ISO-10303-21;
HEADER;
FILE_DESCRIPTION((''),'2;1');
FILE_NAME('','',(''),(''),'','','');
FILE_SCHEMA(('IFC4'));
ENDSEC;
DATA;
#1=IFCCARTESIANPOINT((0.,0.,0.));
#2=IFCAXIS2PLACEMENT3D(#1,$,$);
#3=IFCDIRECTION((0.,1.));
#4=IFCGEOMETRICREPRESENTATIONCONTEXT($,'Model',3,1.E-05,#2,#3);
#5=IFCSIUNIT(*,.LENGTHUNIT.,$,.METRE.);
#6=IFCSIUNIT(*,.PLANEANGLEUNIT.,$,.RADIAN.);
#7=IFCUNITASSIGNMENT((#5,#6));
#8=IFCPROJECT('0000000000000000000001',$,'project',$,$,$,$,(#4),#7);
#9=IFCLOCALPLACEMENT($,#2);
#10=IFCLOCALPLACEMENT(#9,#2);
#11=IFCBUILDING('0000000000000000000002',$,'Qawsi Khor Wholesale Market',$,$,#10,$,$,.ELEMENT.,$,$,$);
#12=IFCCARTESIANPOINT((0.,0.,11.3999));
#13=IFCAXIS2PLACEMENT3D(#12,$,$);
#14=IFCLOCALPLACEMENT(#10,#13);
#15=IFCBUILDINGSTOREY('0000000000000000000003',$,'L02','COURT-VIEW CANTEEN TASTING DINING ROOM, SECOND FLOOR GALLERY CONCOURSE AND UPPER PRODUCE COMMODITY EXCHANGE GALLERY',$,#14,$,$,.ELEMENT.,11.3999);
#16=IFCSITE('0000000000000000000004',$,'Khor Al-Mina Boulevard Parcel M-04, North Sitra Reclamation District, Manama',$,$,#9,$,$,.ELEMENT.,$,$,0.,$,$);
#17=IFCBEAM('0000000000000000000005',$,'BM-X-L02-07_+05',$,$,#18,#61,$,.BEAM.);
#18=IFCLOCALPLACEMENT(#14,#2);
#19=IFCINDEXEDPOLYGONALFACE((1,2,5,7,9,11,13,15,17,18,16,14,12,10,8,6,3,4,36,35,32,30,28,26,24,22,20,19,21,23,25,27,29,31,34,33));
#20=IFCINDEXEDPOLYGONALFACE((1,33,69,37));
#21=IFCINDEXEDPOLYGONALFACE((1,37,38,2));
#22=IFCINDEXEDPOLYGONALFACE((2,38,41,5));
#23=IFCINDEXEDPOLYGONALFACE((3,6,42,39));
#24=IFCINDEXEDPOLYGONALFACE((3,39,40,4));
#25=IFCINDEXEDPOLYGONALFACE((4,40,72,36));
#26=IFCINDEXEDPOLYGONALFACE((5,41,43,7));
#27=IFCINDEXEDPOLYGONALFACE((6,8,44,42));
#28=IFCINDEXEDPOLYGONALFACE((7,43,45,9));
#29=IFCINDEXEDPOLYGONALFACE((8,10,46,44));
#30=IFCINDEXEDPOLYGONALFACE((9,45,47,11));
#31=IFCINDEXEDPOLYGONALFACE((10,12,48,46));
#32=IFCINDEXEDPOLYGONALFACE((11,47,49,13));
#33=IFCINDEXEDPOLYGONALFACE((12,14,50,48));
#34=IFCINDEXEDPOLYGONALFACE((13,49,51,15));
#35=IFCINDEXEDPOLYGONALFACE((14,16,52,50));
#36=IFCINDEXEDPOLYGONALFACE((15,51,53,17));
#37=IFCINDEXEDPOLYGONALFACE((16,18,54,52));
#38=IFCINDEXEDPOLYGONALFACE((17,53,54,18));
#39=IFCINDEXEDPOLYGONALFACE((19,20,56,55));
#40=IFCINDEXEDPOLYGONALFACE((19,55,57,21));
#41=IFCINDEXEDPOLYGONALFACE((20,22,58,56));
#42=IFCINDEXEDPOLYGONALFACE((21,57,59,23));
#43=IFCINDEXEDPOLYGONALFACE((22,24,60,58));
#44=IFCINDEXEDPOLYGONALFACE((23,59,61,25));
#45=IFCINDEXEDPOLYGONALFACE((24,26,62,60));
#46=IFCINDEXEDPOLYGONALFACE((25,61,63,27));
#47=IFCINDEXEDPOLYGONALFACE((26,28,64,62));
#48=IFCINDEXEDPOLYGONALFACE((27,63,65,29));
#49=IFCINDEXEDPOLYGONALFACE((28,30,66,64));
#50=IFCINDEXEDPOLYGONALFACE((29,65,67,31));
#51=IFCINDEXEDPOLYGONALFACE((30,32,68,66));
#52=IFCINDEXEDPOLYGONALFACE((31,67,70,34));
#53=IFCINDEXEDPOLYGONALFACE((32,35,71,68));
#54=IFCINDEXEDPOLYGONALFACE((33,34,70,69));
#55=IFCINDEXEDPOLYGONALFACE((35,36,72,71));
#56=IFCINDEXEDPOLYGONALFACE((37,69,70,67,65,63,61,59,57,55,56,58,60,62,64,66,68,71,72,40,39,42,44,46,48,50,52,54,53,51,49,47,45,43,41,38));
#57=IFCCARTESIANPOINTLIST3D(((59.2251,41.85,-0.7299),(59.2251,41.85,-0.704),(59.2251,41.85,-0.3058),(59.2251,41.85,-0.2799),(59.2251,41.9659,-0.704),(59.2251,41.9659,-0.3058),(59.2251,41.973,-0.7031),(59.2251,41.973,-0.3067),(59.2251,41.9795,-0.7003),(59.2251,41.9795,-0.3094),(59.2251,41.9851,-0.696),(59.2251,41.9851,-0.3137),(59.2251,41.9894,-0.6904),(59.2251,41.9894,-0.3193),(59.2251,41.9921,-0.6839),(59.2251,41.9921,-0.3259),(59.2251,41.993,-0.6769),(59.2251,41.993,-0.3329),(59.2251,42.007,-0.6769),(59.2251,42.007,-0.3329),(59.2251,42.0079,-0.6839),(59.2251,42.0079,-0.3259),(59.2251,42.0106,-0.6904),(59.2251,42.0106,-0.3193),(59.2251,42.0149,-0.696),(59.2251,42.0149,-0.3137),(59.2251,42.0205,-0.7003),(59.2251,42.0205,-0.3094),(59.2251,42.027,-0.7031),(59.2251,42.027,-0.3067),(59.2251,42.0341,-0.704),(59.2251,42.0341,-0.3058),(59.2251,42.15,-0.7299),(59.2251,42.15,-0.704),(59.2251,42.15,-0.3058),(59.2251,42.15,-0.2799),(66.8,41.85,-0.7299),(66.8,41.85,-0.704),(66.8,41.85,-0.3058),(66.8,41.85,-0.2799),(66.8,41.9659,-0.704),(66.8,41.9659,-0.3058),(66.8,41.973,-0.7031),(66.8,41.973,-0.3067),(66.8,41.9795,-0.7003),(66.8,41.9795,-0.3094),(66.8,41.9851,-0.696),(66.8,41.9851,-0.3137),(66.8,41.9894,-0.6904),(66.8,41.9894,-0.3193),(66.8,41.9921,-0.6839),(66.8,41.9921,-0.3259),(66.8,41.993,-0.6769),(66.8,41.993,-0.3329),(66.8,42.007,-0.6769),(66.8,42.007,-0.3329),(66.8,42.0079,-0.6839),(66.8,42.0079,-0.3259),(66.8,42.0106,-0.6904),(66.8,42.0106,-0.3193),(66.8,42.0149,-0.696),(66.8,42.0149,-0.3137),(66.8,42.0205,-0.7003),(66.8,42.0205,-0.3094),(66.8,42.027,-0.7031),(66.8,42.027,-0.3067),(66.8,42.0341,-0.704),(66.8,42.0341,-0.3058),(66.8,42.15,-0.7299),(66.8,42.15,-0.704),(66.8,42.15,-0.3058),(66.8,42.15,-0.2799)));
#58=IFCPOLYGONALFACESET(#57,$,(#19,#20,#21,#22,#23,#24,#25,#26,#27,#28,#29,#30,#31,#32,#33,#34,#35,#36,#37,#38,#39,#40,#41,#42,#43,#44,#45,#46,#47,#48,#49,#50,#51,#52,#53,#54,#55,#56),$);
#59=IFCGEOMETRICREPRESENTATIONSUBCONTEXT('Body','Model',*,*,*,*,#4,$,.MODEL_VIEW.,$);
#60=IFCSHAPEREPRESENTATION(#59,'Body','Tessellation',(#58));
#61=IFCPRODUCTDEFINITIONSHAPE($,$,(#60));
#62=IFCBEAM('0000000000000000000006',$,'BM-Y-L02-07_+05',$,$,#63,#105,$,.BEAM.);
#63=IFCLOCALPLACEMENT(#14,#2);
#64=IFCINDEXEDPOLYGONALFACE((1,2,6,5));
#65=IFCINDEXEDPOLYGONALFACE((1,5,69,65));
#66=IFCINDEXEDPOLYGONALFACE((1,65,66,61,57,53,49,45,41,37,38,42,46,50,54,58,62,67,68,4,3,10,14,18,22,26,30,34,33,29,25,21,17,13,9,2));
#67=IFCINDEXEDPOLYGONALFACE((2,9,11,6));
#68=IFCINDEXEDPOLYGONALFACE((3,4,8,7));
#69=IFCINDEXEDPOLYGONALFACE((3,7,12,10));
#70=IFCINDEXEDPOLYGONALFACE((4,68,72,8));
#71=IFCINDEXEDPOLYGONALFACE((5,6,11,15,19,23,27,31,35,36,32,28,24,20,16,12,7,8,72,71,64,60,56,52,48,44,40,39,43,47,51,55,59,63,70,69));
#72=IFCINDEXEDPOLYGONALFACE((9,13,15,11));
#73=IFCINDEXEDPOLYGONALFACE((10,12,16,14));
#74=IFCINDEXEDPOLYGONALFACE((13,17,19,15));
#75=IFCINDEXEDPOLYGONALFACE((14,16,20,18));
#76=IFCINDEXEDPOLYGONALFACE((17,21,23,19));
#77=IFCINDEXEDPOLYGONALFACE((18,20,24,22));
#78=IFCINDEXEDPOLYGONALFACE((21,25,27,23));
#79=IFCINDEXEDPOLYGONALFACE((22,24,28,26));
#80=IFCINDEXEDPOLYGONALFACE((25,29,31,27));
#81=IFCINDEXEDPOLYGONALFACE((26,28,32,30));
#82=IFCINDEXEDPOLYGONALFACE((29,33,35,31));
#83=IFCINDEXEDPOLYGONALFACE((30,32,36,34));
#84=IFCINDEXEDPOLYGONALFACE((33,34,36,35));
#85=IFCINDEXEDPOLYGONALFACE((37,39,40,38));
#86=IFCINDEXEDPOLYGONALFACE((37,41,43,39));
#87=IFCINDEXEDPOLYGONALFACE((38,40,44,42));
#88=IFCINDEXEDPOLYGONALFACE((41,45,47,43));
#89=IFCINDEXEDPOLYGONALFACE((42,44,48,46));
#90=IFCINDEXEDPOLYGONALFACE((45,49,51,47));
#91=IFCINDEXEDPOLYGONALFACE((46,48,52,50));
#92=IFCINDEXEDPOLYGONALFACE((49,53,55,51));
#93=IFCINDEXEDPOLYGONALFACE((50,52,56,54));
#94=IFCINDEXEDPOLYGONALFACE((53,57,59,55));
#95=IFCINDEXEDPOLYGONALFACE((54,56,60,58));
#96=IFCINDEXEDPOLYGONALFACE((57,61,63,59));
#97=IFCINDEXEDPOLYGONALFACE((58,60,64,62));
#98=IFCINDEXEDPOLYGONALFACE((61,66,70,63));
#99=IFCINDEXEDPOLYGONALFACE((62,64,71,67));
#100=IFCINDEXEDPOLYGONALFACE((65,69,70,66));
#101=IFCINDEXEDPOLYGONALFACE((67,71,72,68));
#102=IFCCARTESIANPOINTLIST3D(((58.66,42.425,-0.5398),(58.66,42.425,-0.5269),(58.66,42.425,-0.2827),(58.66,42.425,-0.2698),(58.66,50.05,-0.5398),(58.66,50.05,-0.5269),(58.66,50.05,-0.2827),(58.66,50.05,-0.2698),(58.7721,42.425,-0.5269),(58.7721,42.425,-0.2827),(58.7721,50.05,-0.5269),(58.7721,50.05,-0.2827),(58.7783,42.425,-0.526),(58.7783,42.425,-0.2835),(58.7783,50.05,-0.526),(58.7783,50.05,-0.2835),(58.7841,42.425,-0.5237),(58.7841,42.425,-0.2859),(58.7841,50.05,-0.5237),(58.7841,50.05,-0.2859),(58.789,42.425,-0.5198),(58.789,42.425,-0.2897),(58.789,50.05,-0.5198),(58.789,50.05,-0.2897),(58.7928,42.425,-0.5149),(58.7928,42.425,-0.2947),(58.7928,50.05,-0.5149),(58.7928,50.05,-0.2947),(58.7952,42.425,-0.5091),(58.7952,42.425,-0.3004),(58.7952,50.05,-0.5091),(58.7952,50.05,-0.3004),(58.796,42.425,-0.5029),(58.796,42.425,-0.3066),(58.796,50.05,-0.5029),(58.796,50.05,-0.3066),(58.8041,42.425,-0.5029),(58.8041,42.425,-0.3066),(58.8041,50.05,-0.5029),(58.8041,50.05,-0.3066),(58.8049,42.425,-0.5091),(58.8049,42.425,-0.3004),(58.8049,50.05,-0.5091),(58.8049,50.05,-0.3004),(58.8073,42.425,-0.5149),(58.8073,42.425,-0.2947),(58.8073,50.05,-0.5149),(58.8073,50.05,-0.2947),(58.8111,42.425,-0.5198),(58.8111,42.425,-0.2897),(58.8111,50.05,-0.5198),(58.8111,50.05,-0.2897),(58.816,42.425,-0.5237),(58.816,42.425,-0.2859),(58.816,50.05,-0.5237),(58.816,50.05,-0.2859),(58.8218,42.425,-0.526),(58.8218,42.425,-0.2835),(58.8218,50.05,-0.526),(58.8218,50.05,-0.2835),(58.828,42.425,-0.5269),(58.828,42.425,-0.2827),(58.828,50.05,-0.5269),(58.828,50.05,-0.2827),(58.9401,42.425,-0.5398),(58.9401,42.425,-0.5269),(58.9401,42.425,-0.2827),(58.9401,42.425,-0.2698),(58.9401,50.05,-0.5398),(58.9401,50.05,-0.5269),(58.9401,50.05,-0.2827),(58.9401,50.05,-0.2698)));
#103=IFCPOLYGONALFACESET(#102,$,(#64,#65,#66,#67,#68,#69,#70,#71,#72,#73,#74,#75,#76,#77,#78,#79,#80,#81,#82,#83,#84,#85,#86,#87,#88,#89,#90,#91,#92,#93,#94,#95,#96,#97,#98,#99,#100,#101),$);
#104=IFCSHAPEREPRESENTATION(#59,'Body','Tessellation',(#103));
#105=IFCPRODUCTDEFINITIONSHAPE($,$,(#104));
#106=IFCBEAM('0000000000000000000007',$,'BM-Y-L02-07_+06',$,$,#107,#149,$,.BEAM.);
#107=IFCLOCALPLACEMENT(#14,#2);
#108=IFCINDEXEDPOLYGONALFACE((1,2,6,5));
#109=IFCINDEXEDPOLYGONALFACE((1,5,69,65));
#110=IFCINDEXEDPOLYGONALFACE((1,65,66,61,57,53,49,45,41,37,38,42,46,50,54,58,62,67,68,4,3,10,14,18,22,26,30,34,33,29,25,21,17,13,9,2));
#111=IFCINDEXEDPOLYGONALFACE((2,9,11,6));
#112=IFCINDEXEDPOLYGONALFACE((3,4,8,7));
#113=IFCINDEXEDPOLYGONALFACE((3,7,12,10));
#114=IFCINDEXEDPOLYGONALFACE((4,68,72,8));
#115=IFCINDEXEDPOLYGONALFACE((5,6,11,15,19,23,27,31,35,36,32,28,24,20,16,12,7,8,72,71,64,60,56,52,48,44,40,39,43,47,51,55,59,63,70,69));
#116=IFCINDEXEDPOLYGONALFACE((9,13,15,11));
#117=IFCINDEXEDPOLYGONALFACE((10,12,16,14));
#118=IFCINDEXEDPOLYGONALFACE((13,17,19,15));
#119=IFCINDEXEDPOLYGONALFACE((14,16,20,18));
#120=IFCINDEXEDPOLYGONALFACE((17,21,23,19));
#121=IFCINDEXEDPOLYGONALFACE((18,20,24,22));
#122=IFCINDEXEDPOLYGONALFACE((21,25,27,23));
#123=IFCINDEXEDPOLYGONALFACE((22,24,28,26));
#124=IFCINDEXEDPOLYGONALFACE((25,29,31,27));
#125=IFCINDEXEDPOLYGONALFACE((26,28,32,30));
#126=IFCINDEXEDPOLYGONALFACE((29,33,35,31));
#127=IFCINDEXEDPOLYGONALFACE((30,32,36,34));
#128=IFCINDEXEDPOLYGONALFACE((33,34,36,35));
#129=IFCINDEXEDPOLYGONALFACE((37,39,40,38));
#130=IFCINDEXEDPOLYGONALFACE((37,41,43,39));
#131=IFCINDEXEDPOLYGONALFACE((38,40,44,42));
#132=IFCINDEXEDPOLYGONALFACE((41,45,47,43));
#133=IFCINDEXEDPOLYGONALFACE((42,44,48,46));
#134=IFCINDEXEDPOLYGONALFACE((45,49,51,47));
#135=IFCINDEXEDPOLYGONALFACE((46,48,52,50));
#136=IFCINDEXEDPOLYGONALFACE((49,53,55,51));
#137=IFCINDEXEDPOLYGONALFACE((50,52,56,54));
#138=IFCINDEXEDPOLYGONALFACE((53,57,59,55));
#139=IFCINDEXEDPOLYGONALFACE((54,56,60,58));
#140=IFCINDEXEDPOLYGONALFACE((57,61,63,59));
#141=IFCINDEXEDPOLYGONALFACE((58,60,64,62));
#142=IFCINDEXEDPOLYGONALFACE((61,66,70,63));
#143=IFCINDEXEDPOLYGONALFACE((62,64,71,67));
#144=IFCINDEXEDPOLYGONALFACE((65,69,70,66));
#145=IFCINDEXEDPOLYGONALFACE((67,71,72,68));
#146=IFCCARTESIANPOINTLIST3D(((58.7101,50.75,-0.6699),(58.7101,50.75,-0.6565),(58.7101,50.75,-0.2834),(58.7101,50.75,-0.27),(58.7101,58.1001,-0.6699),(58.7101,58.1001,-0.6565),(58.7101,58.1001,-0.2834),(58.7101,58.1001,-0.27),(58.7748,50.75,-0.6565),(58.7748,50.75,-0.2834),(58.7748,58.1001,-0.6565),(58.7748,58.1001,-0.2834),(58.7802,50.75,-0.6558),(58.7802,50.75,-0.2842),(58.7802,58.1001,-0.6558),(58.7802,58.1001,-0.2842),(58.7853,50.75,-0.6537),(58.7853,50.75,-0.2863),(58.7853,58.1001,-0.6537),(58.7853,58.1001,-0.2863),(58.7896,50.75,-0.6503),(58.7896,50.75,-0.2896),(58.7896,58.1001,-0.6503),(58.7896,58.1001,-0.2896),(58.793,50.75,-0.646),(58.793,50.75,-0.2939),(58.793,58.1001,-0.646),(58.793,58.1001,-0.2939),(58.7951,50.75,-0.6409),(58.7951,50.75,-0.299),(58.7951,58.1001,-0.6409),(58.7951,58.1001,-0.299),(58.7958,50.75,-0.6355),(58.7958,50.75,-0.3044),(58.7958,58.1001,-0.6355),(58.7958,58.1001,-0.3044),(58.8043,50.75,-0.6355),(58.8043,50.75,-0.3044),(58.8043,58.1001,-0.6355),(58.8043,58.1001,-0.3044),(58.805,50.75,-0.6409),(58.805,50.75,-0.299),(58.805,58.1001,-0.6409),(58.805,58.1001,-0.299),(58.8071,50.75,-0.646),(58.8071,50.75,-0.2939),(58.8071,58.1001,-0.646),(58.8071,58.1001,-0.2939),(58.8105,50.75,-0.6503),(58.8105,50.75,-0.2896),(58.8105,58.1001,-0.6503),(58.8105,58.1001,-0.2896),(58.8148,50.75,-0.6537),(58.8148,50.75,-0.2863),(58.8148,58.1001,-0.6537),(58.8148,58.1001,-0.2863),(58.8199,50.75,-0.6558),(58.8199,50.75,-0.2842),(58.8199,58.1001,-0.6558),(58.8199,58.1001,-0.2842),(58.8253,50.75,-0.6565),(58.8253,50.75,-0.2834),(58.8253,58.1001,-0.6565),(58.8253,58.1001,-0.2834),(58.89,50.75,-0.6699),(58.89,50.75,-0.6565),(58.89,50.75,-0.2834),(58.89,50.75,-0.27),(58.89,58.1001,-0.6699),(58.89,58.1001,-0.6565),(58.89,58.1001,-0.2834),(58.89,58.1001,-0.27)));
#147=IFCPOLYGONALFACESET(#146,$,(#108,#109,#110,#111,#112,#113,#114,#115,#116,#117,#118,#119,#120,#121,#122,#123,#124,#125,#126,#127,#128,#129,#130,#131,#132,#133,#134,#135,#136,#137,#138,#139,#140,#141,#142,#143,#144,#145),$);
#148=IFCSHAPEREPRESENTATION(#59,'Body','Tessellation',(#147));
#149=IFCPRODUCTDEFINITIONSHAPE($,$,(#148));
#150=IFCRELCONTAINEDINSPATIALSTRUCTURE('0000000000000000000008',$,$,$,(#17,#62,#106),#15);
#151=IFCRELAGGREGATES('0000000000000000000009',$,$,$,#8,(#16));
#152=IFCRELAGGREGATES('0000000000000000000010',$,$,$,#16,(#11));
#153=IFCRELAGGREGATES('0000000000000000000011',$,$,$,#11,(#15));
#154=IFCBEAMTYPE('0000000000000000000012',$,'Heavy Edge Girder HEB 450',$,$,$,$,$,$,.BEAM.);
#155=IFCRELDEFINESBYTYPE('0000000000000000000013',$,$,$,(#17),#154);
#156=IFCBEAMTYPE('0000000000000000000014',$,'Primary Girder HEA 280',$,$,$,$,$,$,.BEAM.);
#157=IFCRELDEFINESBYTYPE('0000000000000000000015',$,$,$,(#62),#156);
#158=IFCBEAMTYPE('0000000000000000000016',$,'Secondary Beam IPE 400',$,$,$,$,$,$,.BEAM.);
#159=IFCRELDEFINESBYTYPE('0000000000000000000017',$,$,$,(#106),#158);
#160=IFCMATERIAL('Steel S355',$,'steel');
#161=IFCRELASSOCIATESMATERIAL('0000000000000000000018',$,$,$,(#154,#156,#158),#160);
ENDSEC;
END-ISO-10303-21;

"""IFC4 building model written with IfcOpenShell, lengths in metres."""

from ifc_helpers import new_model, si_unit, direction, frame, origin, origin_2d, place, context, subcontext, project, spatial, i_section, extrude, material, material_profile, profile_set, type_object, element, save


model = new_model("IFC4")

# Units and contexts
model_context = context("Model", 3, precision=1e-05, world=origin(), true_north=direction((0.0, 1.0)))
body_context = subcontext(model_context, "Body", "Model", "MODEL_VIEW")
ifc_project = project(units=[si_unit("LENGTHUNIT", "METRE"), si_unit("PLANEANGLEUNIT", "RADIAN")], contexts=[model_context])

# Site, building, storey
site_placement = place(None, origin())
site = spatial("IfcSite", under=ifc_project, at=site_placement, Name="Khor Al-Mina Boulevard Parcel M-04, North Sitra Reclamation District, Manama", CompositionType="ELEMENT", RefElevation=0.0)
building_placement = place(site_placement, origin())
building = spatial("IfcBuilding", under=site, at=building_placement, Name="Qawsi Khor Wholesale Market", CompositionType="ELEMENT")
storey_placement = place(building_placement, frame((0.0, 0.0, 11.3999)))
storey = spatial("IfcBuildingStorey", under=building, at=storey_placement, Name="L02", Description="COURT-VIEW CANTEEN TASTING DINING ROOM, SECOND FLOOR GALLERY CONCOURSE AND UPPER PRODUCE COMMODITY EXCHANGE GALLERY", CompositionType="ELEMENT", Elevation=11.3999)

# Beams
ifc_material_1 = material(Name="Steel S355", Category="steel")
ifc_material_profile_1 = material_profile(ifc_material_1, i_section(OverallWidth=0.3, OverallDepth=0.45, WebThickness=0.0139, FlangeThickness=0.0259, FilletRadius=0.0271, at=origin_2d()), Name="HEB 450")
ifc_profile_set_1 = profile_set([ifc_material_profile_1], Name="Steel S355")
beam_type_1 = type_object("IfcBeamType", Name="Heavy Edge Girder HEB 450", PredefinedType="BEAM", material=ifc_profile_set_1)
beam_1_placement = place(storey_placement, frame((59.2251, 42.0, -0.5049), z_axis=(1.0, 0.0, 0.0), x_axis=(0.0, 1.0, 0.0)))
element("IfcBeam", 1, at=beam_1_placement, inside=storey, type_object=beam_type_1, Name="BM-X-L02-07_+05", PredefinedType="BEAM", context=body_context, shape_type="SweptSolid", body=[
    extrude(i_section(OverallWidth=0.3, OverallDepth=0.45, WebThickness=0.0139, FlangeThickness=0.0259, FilletRadius=0.0271, at=origin_2d()), origin(), (0.0, 0.0, 1.0), 7.575),
])
ifc_material_profile_2 = material_profile(ifc_material_1, i_section(OverallWidth=0.28, OverallDepth=0.27, WebThickness=0.0081, FlangeThickness=0.0129, FilletRadius=0.0239, at=origin_2d()), Name="HEA 280")
ifc_profile_set_2 = profile_set([ifc_material_profile_2], Name="Steel S355")
beam_type_2 = type_object("IfcBeamType", Name="Primary Girder HEA 280", PredefinedType="BEAM", material=ifc_profile_set_2)
beam_2_placement = place(storey_placement, frame((58.8, 42.425, -0.4048), z_axis=(0.0, 1.0, 0.0), x_axis=(-1.0, 0.0, 0.0)))
element("IfcBeam", 2, at=beam_2_placement, inside=storey, type_object=beam_type_2, Name="BM-Y-L02-07_+05", PredefinedType="BEAM", context=body_context, shape_type="SweptSolid", body=[
    extrude(i_section(OverallWidth=0.28, OverallDepth=0.27, WebThickness=0.0081, FlangeThickness=0.0129, FilletRadius=0.0239, at=origin_2d()), origin(), (0.0, 0.0, 1.0), 7.625),
])
ifc_material_profile_3 = material_profile(ifc_material_1, i_section(OverallWidth=0.1799, OverallDepth=0.3999, WebThickness=0.0085, FlangeThickness=0.0134, FilletRadius=0.021, at=origin_2d()), Name="IPE 400")
ifc_profile_set_3 = profile_set([ifc_material_profile_3], Name="Steel S355")
beam_type_3 = type_object("IfcBeamType", Name="Secondary Beam IPE 400", PredefinedType="BEAM", material=ifc_profile_set_3)
beam_3_placement = place(storey_placement, frame((58.8, 50.75, -0.47), z_axis=(0.0, 1.0, 0.0), x_axis=(-1.0, 0.0, 0.0)))
element("IfcBeam", 3, at=beam_3_placement, inside=storey, type_object=beam_type_3, Name="BM-Y-L02-07_+06", PredefinedType="BEAM", context=body_context, shape_type="SweptSolid", body=[
    extrude(i_section(OverallWidth=0.1799, OverallDepth=0.3999, WebThickness=0.0085, FlangeThickness=0.0134, FilletRadius=0.021, at=origin_2d()), origin(), (0.0, 0.0, 1.0), 7.3501),
])

save(model, "model.ifc")
